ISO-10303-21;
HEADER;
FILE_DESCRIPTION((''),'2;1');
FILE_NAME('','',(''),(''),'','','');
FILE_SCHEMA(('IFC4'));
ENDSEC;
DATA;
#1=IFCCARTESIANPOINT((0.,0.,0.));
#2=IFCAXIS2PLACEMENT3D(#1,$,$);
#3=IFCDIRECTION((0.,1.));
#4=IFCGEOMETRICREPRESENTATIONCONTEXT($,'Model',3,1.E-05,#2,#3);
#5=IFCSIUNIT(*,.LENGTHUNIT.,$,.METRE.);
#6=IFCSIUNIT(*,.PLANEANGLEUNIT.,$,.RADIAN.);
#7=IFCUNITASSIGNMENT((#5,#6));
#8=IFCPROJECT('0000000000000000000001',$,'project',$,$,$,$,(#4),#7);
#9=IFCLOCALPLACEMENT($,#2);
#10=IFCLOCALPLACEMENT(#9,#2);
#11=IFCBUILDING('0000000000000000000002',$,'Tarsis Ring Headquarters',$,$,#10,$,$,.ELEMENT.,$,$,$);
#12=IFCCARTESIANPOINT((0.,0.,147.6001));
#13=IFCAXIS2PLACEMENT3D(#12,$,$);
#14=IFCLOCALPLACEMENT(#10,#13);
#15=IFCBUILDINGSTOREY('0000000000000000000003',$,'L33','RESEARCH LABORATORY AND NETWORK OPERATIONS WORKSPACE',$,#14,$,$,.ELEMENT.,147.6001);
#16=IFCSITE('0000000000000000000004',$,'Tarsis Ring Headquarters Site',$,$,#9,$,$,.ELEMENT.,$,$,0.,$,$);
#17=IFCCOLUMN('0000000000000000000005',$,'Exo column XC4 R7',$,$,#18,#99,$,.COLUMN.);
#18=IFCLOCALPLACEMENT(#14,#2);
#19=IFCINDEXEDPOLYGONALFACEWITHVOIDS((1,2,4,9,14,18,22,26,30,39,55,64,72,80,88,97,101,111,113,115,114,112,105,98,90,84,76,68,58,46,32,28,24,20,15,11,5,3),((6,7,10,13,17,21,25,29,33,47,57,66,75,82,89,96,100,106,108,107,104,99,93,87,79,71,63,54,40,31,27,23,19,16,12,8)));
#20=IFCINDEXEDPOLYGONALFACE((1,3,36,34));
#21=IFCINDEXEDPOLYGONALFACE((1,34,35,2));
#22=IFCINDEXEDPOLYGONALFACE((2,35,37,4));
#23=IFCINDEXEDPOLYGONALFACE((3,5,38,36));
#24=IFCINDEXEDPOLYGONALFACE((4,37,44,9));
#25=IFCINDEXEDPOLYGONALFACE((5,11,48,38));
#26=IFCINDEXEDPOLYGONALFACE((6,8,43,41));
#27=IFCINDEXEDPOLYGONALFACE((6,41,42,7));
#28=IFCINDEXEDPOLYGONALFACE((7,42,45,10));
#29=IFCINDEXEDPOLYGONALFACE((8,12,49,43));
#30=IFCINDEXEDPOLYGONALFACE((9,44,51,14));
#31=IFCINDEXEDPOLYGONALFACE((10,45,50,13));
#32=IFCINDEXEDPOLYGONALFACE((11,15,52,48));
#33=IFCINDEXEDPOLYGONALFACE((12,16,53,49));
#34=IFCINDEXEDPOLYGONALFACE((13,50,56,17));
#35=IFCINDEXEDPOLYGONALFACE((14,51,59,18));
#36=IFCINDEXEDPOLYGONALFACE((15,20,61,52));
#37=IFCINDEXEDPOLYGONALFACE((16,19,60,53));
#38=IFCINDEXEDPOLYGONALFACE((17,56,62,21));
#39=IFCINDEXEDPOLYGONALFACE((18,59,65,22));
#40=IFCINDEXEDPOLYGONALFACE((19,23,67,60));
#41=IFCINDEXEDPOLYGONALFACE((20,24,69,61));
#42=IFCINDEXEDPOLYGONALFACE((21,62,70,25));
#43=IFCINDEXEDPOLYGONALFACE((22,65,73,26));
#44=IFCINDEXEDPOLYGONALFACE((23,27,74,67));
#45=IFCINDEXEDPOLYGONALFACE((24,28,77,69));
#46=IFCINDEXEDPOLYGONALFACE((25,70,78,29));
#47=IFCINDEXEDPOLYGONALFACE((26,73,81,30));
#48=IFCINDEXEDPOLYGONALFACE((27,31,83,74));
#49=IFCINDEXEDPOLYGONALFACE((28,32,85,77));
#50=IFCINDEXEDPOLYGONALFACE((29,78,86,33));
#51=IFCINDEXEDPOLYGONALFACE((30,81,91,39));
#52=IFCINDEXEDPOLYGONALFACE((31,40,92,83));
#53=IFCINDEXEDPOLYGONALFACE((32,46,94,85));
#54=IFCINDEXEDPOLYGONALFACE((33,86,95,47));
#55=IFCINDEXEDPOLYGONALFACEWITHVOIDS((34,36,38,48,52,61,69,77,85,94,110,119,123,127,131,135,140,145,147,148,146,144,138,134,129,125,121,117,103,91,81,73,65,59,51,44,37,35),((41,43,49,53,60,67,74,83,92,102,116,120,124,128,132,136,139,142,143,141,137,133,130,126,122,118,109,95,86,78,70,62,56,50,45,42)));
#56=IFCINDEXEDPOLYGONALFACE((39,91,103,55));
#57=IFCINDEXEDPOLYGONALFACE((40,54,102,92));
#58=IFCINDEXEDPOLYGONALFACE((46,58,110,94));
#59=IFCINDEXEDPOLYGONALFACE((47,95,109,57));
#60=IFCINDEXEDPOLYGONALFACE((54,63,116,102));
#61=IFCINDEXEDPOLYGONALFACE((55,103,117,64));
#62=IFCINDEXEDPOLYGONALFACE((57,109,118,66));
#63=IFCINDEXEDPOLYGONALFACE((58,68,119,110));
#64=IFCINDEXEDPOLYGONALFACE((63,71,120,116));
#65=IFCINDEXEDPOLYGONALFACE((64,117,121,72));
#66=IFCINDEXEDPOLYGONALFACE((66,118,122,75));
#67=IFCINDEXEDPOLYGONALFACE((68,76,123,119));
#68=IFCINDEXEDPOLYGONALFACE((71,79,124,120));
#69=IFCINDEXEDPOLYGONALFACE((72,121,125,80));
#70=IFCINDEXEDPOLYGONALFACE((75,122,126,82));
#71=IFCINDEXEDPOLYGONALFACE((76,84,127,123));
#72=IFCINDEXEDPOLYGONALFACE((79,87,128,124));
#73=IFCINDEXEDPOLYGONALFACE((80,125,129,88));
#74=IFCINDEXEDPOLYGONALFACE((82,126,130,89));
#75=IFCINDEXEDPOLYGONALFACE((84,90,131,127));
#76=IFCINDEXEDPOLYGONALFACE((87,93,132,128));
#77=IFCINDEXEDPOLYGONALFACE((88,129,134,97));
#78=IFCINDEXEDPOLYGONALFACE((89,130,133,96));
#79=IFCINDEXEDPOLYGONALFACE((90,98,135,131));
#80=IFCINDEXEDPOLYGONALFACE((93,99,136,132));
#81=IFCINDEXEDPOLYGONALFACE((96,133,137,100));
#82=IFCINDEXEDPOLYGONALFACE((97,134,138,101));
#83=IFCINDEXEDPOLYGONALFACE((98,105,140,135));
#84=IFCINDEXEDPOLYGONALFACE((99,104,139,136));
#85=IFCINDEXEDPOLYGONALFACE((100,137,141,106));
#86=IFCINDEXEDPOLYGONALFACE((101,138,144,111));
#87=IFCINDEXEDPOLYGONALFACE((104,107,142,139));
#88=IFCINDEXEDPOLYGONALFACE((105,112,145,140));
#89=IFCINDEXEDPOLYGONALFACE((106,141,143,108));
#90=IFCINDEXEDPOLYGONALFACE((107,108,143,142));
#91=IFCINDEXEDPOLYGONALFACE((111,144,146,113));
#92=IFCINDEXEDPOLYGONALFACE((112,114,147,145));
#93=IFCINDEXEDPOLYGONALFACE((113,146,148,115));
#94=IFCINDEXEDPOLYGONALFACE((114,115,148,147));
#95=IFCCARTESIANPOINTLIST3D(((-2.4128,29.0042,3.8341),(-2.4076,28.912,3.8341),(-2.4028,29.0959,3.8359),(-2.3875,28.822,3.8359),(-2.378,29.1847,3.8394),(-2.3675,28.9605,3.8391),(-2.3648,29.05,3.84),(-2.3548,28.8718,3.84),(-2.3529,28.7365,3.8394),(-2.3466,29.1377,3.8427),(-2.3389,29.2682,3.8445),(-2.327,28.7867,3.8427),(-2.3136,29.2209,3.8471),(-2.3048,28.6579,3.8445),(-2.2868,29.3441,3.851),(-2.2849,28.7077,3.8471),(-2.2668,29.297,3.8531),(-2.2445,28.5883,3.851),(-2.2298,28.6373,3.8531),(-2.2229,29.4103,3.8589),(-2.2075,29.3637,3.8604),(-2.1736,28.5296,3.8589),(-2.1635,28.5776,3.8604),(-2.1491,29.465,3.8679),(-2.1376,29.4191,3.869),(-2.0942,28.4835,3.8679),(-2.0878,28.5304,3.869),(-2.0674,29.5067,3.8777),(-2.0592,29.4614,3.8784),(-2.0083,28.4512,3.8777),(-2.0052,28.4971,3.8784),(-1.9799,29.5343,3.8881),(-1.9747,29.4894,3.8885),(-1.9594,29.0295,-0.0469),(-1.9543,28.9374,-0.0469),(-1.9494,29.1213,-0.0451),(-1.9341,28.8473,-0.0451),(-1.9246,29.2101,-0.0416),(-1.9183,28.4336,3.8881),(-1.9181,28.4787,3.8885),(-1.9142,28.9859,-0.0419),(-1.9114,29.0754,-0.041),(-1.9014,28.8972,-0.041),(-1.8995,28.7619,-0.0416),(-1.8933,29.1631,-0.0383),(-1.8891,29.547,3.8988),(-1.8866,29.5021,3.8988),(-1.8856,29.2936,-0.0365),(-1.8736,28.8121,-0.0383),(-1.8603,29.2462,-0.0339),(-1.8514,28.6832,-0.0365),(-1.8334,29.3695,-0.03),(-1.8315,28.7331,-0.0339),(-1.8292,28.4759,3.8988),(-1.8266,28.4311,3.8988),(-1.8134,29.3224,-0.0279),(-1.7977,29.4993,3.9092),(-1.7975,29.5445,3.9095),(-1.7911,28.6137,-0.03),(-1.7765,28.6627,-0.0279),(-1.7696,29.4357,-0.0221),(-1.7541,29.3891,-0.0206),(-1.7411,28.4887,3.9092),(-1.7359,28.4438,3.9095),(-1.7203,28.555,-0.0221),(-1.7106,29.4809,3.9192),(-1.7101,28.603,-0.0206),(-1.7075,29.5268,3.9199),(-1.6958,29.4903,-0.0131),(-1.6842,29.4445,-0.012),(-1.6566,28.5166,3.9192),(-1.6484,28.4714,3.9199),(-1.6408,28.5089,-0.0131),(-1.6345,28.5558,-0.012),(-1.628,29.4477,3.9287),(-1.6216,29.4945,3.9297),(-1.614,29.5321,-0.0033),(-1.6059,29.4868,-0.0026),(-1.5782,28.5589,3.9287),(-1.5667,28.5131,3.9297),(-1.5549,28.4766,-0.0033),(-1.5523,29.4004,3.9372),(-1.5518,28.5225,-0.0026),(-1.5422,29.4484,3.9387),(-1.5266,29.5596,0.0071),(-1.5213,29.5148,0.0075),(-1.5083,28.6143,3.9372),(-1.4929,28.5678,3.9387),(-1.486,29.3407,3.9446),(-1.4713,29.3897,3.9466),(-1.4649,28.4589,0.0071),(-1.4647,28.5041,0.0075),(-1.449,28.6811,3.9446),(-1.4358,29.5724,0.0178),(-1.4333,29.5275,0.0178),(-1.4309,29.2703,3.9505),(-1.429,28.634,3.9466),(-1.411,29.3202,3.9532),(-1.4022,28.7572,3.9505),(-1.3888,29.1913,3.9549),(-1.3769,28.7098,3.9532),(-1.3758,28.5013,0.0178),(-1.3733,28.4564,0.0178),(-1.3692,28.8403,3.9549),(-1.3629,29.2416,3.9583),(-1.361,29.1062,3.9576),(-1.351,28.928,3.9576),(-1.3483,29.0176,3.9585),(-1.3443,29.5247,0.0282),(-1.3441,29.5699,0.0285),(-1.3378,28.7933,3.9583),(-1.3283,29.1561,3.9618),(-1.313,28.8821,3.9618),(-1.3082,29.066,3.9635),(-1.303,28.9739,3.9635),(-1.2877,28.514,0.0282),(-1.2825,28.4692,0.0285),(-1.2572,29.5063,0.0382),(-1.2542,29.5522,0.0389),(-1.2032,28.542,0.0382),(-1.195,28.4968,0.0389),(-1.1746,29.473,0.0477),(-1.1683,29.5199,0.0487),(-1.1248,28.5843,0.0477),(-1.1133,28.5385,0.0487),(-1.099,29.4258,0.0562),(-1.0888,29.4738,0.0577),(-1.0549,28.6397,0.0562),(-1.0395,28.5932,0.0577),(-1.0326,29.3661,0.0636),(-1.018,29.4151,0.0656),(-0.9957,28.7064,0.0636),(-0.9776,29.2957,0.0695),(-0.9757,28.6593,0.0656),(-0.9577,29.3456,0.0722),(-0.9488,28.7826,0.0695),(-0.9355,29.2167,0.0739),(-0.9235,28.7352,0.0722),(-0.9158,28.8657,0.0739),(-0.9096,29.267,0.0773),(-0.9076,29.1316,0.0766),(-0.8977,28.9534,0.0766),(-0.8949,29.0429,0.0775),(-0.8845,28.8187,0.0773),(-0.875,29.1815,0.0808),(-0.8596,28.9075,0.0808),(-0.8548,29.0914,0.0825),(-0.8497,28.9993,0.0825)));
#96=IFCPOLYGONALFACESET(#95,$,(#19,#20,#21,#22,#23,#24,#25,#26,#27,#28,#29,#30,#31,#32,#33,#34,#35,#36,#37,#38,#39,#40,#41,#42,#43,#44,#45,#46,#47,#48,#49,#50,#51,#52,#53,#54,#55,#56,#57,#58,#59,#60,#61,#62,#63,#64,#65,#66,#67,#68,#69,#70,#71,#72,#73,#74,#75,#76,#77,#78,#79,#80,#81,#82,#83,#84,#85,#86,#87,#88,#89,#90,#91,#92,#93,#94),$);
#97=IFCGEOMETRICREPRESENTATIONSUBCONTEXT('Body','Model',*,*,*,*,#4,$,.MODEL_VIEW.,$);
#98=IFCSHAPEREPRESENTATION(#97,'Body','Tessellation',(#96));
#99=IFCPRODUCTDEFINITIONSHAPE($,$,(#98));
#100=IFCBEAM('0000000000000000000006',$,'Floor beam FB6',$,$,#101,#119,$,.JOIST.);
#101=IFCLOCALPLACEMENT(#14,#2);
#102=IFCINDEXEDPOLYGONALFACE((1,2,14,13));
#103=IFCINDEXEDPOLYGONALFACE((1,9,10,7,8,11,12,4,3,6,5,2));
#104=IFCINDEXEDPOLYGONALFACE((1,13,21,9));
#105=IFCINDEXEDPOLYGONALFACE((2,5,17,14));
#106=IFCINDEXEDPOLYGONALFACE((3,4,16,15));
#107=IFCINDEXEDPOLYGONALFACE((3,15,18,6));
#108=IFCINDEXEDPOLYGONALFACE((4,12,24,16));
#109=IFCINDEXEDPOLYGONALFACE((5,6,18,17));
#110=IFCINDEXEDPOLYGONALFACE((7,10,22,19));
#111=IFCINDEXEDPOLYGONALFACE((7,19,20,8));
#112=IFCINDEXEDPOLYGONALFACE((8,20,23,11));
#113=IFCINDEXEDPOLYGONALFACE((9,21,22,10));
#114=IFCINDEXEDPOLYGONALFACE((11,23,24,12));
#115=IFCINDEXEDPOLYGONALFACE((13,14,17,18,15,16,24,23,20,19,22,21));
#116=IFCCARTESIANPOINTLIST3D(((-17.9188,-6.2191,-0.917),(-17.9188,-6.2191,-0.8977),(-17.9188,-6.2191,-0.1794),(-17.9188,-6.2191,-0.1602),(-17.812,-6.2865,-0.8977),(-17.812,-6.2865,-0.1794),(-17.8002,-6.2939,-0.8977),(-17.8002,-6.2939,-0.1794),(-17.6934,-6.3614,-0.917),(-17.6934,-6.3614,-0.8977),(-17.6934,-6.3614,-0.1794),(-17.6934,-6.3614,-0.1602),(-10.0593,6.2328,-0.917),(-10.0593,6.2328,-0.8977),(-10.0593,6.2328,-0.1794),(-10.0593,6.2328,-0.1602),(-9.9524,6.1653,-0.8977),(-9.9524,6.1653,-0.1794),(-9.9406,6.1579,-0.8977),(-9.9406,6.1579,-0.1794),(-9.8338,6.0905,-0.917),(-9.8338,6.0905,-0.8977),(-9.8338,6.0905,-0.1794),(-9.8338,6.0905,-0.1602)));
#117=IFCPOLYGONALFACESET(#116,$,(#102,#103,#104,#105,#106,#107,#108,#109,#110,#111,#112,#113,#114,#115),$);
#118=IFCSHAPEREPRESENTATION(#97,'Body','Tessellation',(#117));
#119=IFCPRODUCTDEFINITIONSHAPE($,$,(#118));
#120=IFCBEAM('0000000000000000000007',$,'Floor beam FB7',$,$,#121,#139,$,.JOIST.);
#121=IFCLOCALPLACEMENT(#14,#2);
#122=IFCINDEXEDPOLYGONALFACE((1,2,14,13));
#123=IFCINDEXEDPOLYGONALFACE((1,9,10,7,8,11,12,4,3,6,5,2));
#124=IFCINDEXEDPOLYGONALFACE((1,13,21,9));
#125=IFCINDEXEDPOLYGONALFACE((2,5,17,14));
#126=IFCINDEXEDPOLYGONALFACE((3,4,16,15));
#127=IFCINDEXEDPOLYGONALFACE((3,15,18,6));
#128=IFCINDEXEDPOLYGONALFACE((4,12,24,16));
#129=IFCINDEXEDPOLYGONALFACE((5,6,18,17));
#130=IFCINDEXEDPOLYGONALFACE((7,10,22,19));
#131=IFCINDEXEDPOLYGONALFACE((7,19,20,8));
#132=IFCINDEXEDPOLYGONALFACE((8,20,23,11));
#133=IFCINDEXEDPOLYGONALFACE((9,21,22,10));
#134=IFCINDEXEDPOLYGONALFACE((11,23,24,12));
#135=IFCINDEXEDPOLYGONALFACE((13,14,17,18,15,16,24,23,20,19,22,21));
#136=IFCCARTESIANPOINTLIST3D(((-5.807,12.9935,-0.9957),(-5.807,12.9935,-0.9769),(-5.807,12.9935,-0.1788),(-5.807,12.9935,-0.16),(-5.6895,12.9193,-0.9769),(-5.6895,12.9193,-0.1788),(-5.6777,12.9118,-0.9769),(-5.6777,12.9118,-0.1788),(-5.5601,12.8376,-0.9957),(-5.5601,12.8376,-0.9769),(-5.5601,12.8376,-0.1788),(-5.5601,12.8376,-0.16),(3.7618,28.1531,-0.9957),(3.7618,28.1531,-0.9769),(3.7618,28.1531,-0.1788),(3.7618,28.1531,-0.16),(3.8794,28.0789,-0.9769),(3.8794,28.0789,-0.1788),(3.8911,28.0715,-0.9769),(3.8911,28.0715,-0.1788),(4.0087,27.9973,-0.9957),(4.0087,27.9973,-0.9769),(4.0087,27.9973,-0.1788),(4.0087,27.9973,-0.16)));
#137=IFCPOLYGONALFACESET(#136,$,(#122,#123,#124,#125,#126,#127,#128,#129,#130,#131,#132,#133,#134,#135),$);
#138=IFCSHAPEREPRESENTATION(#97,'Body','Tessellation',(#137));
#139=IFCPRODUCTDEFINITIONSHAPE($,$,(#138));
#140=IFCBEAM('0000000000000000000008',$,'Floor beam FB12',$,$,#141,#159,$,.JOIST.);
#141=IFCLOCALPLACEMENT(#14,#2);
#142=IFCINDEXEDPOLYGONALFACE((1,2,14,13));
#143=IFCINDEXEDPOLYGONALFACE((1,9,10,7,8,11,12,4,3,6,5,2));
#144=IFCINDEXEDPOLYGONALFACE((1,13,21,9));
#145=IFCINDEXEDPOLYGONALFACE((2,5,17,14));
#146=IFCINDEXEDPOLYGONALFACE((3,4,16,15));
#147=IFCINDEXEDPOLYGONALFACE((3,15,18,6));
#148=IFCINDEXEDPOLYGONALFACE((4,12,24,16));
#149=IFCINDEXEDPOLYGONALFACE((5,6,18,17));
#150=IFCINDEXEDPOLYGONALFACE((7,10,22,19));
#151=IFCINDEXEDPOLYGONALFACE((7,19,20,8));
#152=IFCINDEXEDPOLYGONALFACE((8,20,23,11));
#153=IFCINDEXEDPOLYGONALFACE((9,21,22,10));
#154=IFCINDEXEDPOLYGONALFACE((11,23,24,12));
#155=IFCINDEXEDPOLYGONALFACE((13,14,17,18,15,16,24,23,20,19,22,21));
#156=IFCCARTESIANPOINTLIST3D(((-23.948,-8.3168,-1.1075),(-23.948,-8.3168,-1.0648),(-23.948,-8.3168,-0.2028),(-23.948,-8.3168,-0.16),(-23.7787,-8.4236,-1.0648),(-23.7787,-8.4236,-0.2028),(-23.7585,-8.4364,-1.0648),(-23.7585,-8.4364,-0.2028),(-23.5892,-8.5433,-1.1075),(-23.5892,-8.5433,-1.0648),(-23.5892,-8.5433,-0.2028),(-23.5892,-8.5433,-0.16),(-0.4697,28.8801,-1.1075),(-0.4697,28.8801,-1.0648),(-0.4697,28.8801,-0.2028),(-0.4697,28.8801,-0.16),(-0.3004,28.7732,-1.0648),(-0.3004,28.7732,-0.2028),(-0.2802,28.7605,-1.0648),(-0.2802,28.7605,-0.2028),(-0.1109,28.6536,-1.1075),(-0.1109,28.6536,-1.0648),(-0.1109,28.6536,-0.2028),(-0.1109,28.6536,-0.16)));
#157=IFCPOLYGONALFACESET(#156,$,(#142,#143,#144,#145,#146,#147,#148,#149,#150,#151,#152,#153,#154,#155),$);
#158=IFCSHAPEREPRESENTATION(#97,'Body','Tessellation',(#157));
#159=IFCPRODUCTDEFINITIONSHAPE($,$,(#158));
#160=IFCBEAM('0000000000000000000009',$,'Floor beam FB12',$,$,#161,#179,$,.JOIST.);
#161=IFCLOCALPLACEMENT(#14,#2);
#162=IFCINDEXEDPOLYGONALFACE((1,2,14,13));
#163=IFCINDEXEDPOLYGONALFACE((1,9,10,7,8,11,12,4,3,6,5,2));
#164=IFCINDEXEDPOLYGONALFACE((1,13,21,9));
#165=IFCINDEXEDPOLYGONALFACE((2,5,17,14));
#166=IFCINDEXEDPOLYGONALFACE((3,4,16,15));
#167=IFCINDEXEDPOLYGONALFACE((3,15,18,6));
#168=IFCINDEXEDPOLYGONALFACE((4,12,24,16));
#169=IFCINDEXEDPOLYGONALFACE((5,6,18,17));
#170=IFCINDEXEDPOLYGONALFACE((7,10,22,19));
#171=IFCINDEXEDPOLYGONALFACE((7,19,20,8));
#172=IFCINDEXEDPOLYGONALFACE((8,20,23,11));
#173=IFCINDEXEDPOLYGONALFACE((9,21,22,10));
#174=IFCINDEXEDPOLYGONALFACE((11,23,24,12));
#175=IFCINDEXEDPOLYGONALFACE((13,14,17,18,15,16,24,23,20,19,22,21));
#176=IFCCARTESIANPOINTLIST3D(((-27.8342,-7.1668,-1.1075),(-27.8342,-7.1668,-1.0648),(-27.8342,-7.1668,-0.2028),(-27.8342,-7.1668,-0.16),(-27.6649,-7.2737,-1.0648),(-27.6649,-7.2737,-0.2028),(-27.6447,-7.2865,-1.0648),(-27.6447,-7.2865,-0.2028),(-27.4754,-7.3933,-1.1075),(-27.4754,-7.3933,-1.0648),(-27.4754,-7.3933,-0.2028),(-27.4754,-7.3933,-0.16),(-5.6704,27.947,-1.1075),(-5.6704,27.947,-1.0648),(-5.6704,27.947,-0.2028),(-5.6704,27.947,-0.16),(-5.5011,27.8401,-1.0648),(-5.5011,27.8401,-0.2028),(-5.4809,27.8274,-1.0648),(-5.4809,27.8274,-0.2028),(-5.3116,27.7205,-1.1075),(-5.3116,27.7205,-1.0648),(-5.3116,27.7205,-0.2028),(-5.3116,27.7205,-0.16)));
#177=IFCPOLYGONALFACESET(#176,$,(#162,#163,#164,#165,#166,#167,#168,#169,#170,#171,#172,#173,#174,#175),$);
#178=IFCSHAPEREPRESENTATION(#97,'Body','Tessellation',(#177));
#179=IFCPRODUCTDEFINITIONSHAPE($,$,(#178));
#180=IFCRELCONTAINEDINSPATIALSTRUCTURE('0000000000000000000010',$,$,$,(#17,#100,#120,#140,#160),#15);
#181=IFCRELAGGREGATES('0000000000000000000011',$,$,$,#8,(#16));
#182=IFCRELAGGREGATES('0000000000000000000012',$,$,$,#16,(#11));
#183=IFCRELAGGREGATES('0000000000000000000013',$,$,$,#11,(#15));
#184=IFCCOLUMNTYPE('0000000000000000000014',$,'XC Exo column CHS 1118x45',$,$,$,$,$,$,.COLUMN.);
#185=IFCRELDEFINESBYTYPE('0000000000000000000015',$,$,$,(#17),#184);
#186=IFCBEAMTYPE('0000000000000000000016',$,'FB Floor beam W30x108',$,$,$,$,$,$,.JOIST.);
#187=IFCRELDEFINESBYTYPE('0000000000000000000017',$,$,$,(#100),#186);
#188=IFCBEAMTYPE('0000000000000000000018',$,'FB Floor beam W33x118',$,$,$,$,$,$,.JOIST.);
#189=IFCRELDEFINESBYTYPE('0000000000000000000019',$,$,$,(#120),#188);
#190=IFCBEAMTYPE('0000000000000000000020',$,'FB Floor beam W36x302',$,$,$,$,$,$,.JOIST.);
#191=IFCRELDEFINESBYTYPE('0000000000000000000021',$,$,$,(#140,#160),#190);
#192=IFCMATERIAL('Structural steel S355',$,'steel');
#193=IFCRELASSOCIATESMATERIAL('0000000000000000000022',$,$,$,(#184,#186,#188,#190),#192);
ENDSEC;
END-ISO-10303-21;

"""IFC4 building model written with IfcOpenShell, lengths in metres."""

from ifc_helpers import new_model, si_unit, direction, frame, origin, origin_2d, place, context, subcontext, project, spatial, hollow_circle, i_section, extrude, material, material_profile, profile_set, type_object, element, save


model = new_model("IFC4")

# Units and contexts
model_context = context("Model", 3, precision=1e-05, world=origin(), true_north=direction((0.0, 1.0)))
body_context = subcontext(model_context, "Body", "Model", "MODEL_VIEW")
ifc_project = project(units=[si_unit("LENGTHUNIT", "METRE"), si_unit("PLANEANGLEUNIT", "RADIAN")], contexts=[model_context])

# Site, building, storey
site_placement = place(None, origin())
site = spatial("IfcSite", under=ifc_project, at=site_placement, Name="Tarsis Ring Headquarters Site", CompositionType="ELEMENT", RefElevation=0.0)
building_placement = place(site_placement, origin())
building = spatial("IfcBuilding", under=site, at=building_placement, Name="Tarsis Ring Headquarters", CompositionType="ELEMENT")
storey_placement = place(building_placement, frame((0.0, 0.0, 147.6001)))
storey = spatial("IfcBuildingStorey", under=building, at=storey_placement, Name="L33", Description="RESEARCH LABORATORY AND NETWORK OPERATIONS WORKSPACE", CompositionType="ELEMENT", Elevation=147.6001)

# Column
ifc_material_1 = material(Name="Structural steel S355", Category="steel")
ifc_material_profile_1 = material_profile(ifc_material_1, hollow_circle(Radius=0.5588, WallThickness=0.0449, at=origin_2d()), Name="CHS 1118x45")
ifc_profile_set_1 = profile_set([ifc_material_profile_1], Name="Structural steel S355")
column_type = type_object("IfcColumnType", Name="XC Exo column CHS 1118x45", PredefinedType="COLUMN", material=ifc_profile_set_1)
column_placement = place(storey_placement, frame((-1.4045, 29.0144, 0.0178), z_axis=(-0.116023, -0.006498, 0.993225), x_axis=(0.055917, -0.998435, 0.0)))
element("IfcColumn", 1, at=column_placement, inside=storey, type_object=column_type, Name="Exo column XC4 R7", PredefinedType="COLUMN", context=body_context, shape_type="SweptSolid", body=[
    extrude(hollow_circle(Radius=0.5588, WallThickness=0.0449, at=origin_2d()), origin(), (0.0, 0.0, 1.0), 3.9075),
])

# Beams
ifc_material_profile_2 = material_profile(ifc_material_1, i_section(OverallWidth=0.2666, OverallDepth=0.7568, WebThickness=0.0139, FlangeThickness=0.0193, at=origin_2d()), Name="W30x108")
ifc_profile_set_2 = profile_set([ifc_material_profile_2], Name="Structural steel S355")
beam_type_1 = type_object("IfcBeamType", Name="FB Floor beam W30x108", PredefinedType="JOIST", material=ifc_profile_set_2)
beam_1_placement = place(storey_placement, frame((-9.9465, 6.1616, -0.5386), z_axis=(-0.533763, -0.845634, 0.0), x_axis=(0.845634, -0.533763, 0.0)))
element("IfcBeam", 2, at=beam_1_placement, inside=storey, type_object=beam_type_1, Name="Floor beam FB6", PredefinedType="JOIST", context=body_context, shape_type="SweptSolid", body=[
    extrude(i_section(OverallWidth=0.2666, OverallDepth=0.7568, WebThickness=0.0139, FlangeThickness=0.0193, at=origin_2d()), origin(), (0.0, 0.0, 1.0), 14.7249),
])
ifc_material_profile_3 = material_profile(ifc_material_1, i_section(OverallWidth=0.292, OverallDepth=0.8357, WebThickness=0.0139, FlangeThickness=0.0188, at=origin_2d()), Name="W33x118")
ifc_profile_set_3 = profile_set([ifc_material_profile_3], Name="Structural steel S355")
beam_type_2 = type_object("IfcBeamType", Name="FB Floor beam W33x118", PredefinedType="JOIST", material=ifc_profile_set_3)
beam_2_placement = place(storey_placement, frame((3.8853, 28.0752, -0.5779), z_axis=(-0.533766, -0.845632, 0.0), x_axis=(0.845632, -0.533766, 0.0)))
element("IfcBeam", 3, at=beam_2_placement, inside=storey, type_object=beam_type_2, Name="Floor beam FB7", PredefinedType="JOIST", context=body_context, shape_type="SweptSolid", body=[
    extrude(i_section(OverallWidth=0.292, OverallDepth=0.8357, WebThickness=0.0139, FlangeThickness=0.0188, at=origin_2d()), origin(), (0.0, 0.0, 1.0), 17.927),
])
ifc_material_profile_4 = material_profile(ifc_material_1, i_section(OverallWidth=0.4243, OverallDepth=0.9475, WebThickness=0.0239, FlangeThickness=0.0427, at=origin_2d()), Name="W36x302")
ifc_profile_set_4 = profile_set([ifc_material_profile_4], Name="Structural steel S355")
beam_type_3 = type_object("IfcBeamType", Name="FB Floor beam W36x302", PredefinedType="JOIST", material=ifc_profile_set_4)
beam_3_placement = place(storey_placement, frame((-0.2903, 28.7668, -0.6338), z_axis=(-0.533758, -0.845637, 0.0), x_axis=(0.845637, -0.533758, 0.0)))
element("IfcBeam", 4, at=beam_3_placement, inside=storey, type_object=beam_type_3, Name="Floor beam FB12", PredefinedType="JOIST", context=body_context, shape_type="SweptSolid", body=[
    extrude(i_section(OverallWidth=0.4243, OverallDepth=0.9475, WebThickness=0.0239, FlangeThickness=0.0427, at=origin_2d()), origin(), (0.0, 0.0, 1.0), 43.9868),
])
beam_4_placement = place(storey_placement, frame((-5.491, 27.8337, -0.6338), z_axis=(-0.533764, -0.845633, 0.0), x_axis=(0.845633, -0.533764, 0.0)))
element("IfcBeam", 5, at=beam_4_placement, inside=storey, type_object=beam_type_3, Name="Floor beam FB12", PredefinedType="JOIST", context=body_context, shape_type="SweptSolid", body=[
    extrude(i_section(OverallWidth=0.4243, OverallDepth=0.9475, WebThickness=0.0239, FlangeThickness=0.0427, at=origin_2d()), origin(), (0.0, 0.0, 1.0), 41.5237),
])

save(model, "model.ifc")
